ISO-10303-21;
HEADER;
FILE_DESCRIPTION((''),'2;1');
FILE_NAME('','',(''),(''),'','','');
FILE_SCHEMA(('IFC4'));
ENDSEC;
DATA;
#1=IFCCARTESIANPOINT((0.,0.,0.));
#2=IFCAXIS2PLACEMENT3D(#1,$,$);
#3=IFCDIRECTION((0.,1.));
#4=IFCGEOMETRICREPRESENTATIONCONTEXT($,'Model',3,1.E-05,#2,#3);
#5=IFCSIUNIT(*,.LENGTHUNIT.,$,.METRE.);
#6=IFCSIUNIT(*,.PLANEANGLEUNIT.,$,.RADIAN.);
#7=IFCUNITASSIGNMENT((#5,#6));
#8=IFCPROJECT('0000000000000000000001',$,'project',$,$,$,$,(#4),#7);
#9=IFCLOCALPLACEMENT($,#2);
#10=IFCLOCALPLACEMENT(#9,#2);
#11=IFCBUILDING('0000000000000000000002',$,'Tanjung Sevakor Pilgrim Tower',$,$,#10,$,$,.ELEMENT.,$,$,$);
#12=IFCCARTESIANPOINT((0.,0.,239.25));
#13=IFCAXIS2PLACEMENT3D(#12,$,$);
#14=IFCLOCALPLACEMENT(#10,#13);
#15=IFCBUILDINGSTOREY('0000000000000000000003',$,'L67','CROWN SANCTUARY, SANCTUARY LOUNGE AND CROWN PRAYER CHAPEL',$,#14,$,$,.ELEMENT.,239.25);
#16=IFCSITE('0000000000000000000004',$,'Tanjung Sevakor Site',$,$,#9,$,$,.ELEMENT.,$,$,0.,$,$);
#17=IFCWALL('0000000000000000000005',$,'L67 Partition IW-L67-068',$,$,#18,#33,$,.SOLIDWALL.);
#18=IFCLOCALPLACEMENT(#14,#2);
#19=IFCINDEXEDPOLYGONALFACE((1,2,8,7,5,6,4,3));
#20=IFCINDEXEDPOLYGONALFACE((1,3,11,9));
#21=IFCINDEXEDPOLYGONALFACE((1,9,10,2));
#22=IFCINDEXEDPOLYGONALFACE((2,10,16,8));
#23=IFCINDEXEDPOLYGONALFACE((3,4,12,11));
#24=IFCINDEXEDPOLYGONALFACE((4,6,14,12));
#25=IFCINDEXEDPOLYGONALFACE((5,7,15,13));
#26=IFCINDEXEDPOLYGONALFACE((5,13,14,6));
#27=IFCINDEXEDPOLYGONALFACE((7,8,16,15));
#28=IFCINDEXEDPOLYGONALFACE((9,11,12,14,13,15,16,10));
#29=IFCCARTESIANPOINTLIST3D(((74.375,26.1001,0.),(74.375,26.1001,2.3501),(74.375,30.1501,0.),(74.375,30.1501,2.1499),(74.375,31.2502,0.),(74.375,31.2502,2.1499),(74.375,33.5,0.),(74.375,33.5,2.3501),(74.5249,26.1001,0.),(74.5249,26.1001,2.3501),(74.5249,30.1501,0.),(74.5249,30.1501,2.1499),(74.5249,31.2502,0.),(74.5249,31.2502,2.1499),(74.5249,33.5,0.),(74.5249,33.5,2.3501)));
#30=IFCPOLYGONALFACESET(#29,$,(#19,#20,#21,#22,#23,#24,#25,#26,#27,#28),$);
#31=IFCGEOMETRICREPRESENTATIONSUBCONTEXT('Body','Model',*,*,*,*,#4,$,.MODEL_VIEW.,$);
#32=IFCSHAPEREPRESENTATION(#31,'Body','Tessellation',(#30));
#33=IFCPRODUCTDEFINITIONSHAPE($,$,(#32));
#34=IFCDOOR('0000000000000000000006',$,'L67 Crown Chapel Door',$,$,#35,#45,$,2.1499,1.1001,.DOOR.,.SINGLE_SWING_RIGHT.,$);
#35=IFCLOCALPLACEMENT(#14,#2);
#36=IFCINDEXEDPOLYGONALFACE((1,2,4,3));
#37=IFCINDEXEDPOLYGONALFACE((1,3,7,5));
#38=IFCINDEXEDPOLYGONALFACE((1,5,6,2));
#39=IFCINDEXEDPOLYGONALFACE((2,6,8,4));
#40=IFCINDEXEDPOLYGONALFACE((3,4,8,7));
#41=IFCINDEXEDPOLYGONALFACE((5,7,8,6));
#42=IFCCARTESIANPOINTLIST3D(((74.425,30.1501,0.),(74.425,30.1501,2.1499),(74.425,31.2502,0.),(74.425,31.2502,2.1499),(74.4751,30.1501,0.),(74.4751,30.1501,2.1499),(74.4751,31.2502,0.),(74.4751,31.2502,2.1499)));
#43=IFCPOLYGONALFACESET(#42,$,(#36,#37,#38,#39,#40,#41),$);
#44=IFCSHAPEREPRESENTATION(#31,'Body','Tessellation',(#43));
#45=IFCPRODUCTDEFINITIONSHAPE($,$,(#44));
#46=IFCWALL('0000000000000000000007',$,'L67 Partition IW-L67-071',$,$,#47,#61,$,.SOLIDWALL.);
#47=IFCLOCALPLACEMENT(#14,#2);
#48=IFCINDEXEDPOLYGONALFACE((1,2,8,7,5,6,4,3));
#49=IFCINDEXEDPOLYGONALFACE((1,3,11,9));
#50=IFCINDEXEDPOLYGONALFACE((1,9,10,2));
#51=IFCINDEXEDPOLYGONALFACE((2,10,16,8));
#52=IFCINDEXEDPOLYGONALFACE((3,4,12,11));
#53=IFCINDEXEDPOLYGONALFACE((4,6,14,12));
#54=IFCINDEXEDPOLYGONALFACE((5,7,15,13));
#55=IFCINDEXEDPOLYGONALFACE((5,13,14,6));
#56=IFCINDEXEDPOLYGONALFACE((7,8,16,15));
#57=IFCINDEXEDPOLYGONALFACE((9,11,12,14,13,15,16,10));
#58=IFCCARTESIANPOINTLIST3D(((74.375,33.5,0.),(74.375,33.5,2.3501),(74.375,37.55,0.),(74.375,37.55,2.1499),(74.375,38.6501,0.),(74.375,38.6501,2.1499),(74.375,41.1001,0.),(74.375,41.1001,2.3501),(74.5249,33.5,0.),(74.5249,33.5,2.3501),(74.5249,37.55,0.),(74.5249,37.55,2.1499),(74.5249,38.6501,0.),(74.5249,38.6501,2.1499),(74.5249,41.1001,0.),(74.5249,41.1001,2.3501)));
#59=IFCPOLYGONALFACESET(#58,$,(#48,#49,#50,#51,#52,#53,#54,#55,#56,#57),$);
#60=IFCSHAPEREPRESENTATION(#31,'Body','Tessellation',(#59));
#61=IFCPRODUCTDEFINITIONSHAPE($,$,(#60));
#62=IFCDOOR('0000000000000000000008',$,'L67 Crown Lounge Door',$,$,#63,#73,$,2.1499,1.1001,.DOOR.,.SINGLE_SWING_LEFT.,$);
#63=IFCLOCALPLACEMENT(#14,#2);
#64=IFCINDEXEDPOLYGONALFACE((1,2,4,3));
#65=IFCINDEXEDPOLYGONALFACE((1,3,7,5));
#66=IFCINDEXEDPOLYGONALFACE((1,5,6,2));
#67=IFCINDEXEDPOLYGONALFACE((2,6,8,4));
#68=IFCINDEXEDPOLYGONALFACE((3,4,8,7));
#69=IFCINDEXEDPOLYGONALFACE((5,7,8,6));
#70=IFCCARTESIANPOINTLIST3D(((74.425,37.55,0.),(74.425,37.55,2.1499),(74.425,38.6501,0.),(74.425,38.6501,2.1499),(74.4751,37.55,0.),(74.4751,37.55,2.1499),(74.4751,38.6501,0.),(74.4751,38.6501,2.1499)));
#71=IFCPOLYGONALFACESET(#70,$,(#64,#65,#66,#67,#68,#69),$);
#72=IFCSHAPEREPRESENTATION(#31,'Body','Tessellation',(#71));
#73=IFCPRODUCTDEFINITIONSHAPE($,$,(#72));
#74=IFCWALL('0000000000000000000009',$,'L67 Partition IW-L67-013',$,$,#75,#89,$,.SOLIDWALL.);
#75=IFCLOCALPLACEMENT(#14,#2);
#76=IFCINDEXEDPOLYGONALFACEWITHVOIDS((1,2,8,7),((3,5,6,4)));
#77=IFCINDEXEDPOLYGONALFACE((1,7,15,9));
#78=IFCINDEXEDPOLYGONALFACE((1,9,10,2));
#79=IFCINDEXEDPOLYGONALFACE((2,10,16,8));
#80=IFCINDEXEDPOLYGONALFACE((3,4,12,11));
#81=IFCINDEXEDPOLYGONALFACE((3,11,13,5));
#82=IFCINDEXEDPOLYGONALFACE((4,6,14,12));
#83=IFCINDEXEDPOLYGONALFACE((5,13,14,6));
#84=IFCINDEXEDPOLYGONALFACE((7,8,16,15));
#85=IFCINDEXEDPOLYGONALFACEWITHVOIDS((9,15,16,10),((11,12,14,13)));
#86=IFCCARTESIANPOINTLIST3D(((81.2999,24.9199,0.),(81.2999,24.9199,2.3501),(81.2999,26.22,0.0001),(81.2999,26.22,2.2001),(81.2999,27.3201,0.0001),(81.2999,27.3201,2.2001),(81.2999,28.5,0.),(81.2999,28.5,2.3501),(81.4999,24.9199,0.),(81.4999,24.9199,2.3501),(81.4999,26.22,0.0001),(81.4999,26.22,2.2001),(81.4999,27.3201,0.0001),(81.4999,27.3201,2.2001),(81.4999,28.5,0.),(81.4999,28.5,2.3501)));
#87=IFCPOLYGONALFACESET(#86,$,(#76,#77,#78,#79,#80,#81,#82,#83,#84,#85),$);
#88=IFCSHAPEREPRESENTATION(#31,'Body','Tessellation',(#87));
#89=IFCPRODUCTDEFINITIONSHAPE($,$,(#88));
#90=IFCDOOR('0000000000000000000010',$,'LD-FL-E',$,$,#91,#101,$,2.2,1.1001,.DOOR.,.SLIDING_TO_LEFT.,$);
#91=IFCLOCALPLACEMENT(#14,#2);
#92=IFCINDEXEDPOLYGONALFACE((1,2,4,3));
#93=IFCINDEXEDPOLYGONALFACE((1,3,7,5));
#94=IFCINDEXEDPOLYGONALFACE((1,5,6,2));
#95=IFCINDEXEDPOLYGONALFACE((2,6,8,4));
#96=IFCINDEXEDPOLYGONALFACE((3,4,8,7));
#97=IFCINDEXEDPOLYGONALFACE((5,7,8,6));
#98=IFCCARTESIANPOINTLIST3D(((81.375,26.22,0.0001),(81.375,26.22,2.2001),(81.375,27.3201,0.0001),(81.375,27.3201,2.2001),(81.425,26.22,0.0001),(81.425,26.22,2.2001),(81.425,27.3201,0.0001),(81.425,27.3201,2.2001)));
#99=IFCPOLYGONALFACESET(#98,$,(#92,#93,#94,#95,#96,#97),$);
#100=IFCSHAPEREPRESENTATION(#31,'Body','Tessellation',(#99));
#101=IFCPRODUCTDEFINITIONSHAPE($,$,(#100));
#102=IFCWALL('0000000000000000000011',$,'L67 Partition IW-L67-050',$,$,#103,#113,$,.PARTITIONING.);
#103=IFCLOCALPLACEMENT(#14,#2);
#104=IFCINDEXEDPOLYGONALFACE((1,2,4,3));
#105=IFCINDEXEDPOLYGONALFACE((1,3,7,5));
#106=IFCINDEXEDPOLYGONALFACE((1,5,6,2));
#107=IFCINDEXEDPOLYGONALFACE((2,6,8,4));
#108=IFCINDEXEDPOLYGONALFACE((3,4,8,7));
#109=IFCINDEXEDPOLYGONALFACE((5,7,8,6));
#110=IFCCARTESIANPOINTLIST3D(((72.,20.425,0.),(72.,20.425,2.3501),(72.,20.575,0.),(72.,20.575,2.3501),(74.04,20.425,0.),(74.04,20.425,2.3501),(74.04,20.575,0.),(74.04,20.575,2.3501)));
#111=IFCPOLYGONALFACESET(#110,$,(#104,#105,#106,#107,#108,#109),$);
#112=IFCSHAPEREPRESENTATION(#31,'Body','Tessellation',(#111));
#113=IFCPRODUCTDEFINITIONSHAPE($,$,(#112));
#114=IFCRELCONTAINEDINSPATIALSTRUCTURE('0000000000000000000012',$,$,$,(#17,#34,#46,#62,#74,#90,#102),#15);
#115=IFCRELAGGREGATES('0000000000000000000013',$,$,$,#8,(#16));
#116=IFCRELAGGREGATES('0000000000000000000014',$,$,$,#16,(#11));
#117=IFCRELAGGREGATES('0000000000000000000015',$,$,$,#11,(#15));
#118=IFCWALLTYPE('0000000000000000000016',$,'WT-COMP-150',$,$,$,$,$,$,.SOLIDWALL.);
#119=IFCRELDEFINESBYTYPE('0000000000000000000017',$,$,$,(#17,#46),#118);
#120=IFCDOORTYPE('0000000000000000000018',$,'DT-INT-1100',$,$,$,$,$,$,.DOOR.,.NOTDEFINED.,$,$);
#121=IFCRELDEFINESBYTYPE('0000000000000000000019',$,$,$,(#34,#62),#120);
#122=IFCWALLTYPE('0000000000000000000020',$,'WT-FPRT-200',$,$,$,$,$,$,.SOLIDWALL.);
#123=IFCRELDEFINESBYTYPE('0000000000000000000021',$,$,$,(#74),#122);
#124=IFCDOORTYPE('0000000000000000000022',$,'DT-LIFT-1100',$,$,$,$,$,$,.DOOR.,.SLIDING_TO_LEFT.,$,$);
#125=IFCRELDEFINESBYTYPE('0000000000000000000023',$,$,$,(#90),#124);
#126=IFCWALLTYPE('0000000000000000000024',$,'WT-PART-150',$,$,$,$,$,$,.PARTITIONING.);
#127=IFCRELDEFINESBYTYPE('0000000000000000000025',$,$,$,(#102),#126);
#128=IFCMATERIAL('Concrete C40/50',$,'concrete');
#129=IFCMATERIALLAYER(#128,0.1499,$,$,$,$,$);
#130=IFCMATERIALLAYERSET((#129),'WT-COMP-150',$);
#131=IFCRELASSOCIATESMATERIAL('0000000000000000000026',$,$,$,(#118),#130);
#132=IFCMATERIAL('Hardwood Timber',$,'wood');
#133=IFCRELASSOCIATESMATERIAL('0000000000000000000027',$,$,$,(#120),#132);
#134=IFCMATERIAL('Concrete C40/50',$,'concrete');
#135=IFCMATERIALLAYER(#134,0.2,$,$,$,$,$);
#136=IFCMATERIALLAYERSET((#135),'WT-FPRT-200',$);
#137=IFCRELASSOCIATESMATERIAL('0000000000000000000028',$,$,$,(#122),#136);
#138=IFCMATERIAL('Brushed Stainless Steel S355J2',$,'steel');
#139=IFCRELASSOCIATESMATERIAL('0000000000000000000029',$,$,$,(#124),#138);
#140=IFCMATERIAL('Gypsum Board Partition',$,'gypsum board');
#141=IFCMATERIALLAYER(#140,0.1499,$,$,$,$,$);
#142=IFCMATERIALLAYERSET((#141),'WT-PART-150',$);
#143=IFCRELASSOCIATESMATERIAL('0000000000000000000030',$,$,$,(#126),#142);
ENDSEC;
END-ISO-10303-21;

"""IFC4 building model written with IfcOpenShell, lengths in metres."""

from ifc_helpers import new_model, si_unit, direction, frame, frame_2d, origin, place, context, subcontext, project, spatial, rectangle, extrude, material, layer, layer_set, type_object, element, fill, save


model = new_model("IFC4")

# Units and contexts
model_context = context("Model", 3, precision=1e-05, world=origin(), true_north=direction((0.0, 1.0)))
body_context = subcontext(model_context, "Body", "Model", "MODEL_VIEW")
ifc_project = project(units=[si_unit("LENGTHUNIT", "METRE"), si_unit("PLANEANGLEUNIT", "RADIAN")], contexts=[model_context])

# Site, building, storey
site_placement = place(None, origin())
site = spatial("IfcSite", under=ifc_project, at=site_placement, Name="Tanjung Sevakor Site", CompositionType="ELEMENT", RefElevation=0.0)
building_placement = place(site_placement, origin())
building = spatial("IfcBuilding", under=site, at=building_placement, Name="Tanjung Sevakor Pilgrim Tower", CompositionType="ELEMENT")
storey_placement = place(building_placement, frame((0.0, 0.0, 239.25)))
storey = spatial("IfcBuildingStorey", under=building, at=storey_placement, Name="L67", Description="CROWN SANCTUARY, SANCTUARY LOUNGE AND CROWN PRAYER CHAPEL", CompositionType="ELEMENT", Elevation=239.25)

# Walls, openings, doors
ifc_material_1 = material(Name="Concrete C40/50", Category="concrete")
ifc_layer_1 = layer(ifc_material_1, 0.1499)
ifc_layer_set_1 = layer_set([ifc_layer_1], Name="WT-COMP-150")
wall_type_1 = type_object("IfcWallType", Name="WT-COMP-150", PredefinedType="SOLIDWALL", material=ifc_layer_set_1)
wall_1_placement = place(storey_placement, frame((74.45, 26.1001, 0.0), z_axis=(0.0, 0.0, 1.0), x_axis=(0.0, 1.0, 0.0)))
wall_1 = element("IfcWall", 1, at=wall_1_placement, inside=storey, type_object=wall_type_1, Name="L67 Partition IW-L67-068", PredefinedType="SOLIDWALL", context=body_context, shape_type="SweptSolid", body=[
    extrude(rectangle(XDim=7.3999, YDim=0.1499, at=frame_2d((3.7, 0.0))), origin(), (0.0, 0.0, 1.0), 2.3501),
])
opening_1_placement = place(wall_1_placement, frame((4.05, 0.0, 0.0)))
opening_1 = element("IfcOpeningElement", 2, at=opening_1_placement, cuts=wall_1, PredefinedType="OPENING", context=body_context, shape_type="SweptSolid", body=[
    extrude(rectangle(XDim=1.1001, YDim=2.1499, at=frame_2d((0.55, 1.075))), frame((0.0, 0.085, 0.0), z_axis=(0.0, -1.0, 0.0), x_axis=(1.0, 0.0, 0.0)), (0.0, 0.0, 1.0), 0.1699),
])
ifc_material_2 = material(Name="Hardwood Timber", Category="wood")
door_type_1 = type_object("IfcDoorType", Name="DT-INT-1100", OperationType="NOTDEFINED", PredefinedType="DOOR", material=ifc_material_2)
door_1_placement = place(opening_1_placement, origin())
door_1 = element("IfcDoor", 3, at=door_1_placement, inside=storey, type_object=door_type_1, Name="L67 Crown Chapel Door", OperationType="SINGLE_SWING_RIGHT", OverallHeight=2.1499, OverallWidth=1.1001, PredefinedType="DOOR", context=body_context, shape_type="SweptSolid", body=[
    extrude(rectangle(XDim=1.1001, YDim=2.1499, at=frame_2d((0.55, 1.075))), frame((0.0, 0.0249, 0.0), z_axis=(0.0, -1.0, 0.0), x_axis=(1.0, 0.0, 0.0)), (0.0, 0.0, 1.0), 0.05),
])
fill(opening_1, door_1)
wall_2_placement = place(storey_placement, frame((74.45, 33.5, 0.0), z_axis=(0.0, 0.0, 1.0), x_axis=(0.0, 1.0, 0.0)))
wall_2 = element("IfcWall", 4, at=wall_2_placement, inside=storey, type_object=wall_type_1, Name="L67 Partition IW-L67-071", PredefinedType="SOLIDWALL", context=body_context, shape_type="SweptSolid", body=[
    extrude(rectangle(XDim=7.6001, YDim=0.1499, at=frame_2d((3.8, 0.0))), origin(), (0.0, 0.0, 1.0), 2.3501),
])
opening_2_placement = place(wall_2_placement, frame((4.05, 0.0, 0.0)))
opening_2 = element("IfcOpeningElement", 5, at=opening_2_placement, cuts=wall_2, PredefinedType="OPENING", context=body_context, shape_type="SweptSolid", body=[
    extrude(rectangle(XDim=1.1001, YDim=2.1499, at=frame_2d((0.55, 1.075))), frame((0.0, 0.085, 0.0), z_axis=(0.0, -1.0, 0.0), x_axis=(1.0, 0.0, 0.0)), (0.0, 0.0, 1.0), 0.1699),
])
door_2_placement = place(opening_2_placement, origin())
door_2 = element("IfcDoor", 6, at=door_2_placement, inside=storey, type_object=door_type_1, Name="L67 Crown Lounge Door", OperationType="SINGLE_SWING_LEFT", OverallHeight=2.1499, OverallWidth=1.1001, PredefinedType="DOOR", context=body_context, shape_type="SweptSolid", body=[
    extrude(rectangle(XDim=1.1001, YDim=2.1499, at=frame_2d((0.55, 1.075))), frame((0.0, 0.0249, 0.0), z_axis=(0.0, -1.0, 0.0), x_axis=(1.0, 0.0, 0.0)), (0.0, 0.0, 1.0), 0.05),
])
fill(opening_2, door_2)
ifc_material_3 = material(Name="Concrete C40/50", Category="concrete")
ifc_layer_2 = layer(ifc_material_3, 0.2)
ifc_layer_set_2 = layer_set([ifc_layer_2], Name="WT-FPRT-200")
wall_type_2 = type_object("IfcWallType", Name="WT-FPRT-200", PredefinedType="SOLIDWALL", material=ifc_layer_set_2)
wall_3_placement = place(storey_placement, frame((81.3999, 24.9199, 0.0), z_axis=(0.0, 0.0, 1.0), x_axis=(0.0, 1.0, 0.0)))
wall_3 = element("IfcWall", 7, at=wall_3_placement, inside=storey, type_object=wall_type_2, Name="L67 Partition IW-L67-013", PredefinedType="SOLIDWALL", context=body_context, shape_type="SweptSolid", body=[
    extrude(rectangle(XDim=3.5801, YDim=0.2, at=frame_2d((1.79, 0.0))), origin(), (0.0, 0.0, 1.0), 2.3501),
])
opening_3_placement = place(wall_3_placement, frame((1.3, 0.0, 0.0)))
opening_3 = element("IfcOpeningElement", 8, at=opening_3_placement, cuts=wall_3, PredefinedType="OPENING", context=body_context, shape_type="SweptSolid", body=[
    extrude(rectangle(XDim=1.1001, YDim=2.2, at=frame_2d((0.55, 1.1001))), frame((0.0, 0.1099, 0.0), z_axis=(0.0, -1.0, 0.0), x_axis=(1.0, 0.0, 0.0)), (0.0, 0.0, 1.0), 0.22),
])
ifc_material_4 = material(Name="Brushed Stainless Steel S355J2", Category="steel")
door_type_2 = type_object("IfcDoorType", Name="DT-LIFT-1100", OperationType="SLIDING_TO_LEFT", PredefinedType="DOOR", material=ifc_material_4)
door_3_placement = place(opening_3_placement, origin())
door_3 = element("IfcDoor", 9, at=door_3_placement, inside=storey, type_object=door_type_2, Name="LD-FL-E", OperationType="SLIDING_TO_LEFT", OverallHeight=2.2, OverallWidth=1.1001, PredefinedType="DOOR", context=body_context, shape_type="SweptSolid", body=[
    extrude(rectangle(XDim=1.1001, YDim=2.2, at=frame_2d((0.55, 1.1001))), frame((0.0, 0.0249, 0.0), z_axis=(0.0, -1.0, 0.0), x_axis=(1.0, 0.0, 0.0)), (0.0, 0.0, 1.0), 0.05),
])
fill(opening_3, door_3)

# Wall
ifc_material_5 = material(Name="Gypsum Board Partition", Category="gypsum board")
ifc_layer_3 = layer(ifc_material_5, 0.1499)
ifc_layer_set_3 = layer_set([ifc_layer_3], Name="WT-PART-150")
wall_type_3 = type_object("IfcWallType", Name="WT-PART-150", PredefinedType="PARTITIONING", material=ifc_layer_set_3)
wall_4_placement = place(storey_placement, frame((72.0, 20.5, 0.0), z_axis=(0.0, 0.0, 1.0), x_axis=(1.0, 0.0, 0.0)))
element("IfcWall", 10, at=wall_4_placement, inside=storey, type_object=wall_type_3, Name="L67 Partition IW-L67-050", PredefinedType="PARTITIONING", context=body_context, shape_type="SweptSolid", body=[
    extrude(rectangle(XDim=2.04, YDim=0.1499, at=frame_2d((1.02, 0.0))), origin(), (0.0, 0.0, 1.0), 2.3501),
])

save(model, "model.ifc")
